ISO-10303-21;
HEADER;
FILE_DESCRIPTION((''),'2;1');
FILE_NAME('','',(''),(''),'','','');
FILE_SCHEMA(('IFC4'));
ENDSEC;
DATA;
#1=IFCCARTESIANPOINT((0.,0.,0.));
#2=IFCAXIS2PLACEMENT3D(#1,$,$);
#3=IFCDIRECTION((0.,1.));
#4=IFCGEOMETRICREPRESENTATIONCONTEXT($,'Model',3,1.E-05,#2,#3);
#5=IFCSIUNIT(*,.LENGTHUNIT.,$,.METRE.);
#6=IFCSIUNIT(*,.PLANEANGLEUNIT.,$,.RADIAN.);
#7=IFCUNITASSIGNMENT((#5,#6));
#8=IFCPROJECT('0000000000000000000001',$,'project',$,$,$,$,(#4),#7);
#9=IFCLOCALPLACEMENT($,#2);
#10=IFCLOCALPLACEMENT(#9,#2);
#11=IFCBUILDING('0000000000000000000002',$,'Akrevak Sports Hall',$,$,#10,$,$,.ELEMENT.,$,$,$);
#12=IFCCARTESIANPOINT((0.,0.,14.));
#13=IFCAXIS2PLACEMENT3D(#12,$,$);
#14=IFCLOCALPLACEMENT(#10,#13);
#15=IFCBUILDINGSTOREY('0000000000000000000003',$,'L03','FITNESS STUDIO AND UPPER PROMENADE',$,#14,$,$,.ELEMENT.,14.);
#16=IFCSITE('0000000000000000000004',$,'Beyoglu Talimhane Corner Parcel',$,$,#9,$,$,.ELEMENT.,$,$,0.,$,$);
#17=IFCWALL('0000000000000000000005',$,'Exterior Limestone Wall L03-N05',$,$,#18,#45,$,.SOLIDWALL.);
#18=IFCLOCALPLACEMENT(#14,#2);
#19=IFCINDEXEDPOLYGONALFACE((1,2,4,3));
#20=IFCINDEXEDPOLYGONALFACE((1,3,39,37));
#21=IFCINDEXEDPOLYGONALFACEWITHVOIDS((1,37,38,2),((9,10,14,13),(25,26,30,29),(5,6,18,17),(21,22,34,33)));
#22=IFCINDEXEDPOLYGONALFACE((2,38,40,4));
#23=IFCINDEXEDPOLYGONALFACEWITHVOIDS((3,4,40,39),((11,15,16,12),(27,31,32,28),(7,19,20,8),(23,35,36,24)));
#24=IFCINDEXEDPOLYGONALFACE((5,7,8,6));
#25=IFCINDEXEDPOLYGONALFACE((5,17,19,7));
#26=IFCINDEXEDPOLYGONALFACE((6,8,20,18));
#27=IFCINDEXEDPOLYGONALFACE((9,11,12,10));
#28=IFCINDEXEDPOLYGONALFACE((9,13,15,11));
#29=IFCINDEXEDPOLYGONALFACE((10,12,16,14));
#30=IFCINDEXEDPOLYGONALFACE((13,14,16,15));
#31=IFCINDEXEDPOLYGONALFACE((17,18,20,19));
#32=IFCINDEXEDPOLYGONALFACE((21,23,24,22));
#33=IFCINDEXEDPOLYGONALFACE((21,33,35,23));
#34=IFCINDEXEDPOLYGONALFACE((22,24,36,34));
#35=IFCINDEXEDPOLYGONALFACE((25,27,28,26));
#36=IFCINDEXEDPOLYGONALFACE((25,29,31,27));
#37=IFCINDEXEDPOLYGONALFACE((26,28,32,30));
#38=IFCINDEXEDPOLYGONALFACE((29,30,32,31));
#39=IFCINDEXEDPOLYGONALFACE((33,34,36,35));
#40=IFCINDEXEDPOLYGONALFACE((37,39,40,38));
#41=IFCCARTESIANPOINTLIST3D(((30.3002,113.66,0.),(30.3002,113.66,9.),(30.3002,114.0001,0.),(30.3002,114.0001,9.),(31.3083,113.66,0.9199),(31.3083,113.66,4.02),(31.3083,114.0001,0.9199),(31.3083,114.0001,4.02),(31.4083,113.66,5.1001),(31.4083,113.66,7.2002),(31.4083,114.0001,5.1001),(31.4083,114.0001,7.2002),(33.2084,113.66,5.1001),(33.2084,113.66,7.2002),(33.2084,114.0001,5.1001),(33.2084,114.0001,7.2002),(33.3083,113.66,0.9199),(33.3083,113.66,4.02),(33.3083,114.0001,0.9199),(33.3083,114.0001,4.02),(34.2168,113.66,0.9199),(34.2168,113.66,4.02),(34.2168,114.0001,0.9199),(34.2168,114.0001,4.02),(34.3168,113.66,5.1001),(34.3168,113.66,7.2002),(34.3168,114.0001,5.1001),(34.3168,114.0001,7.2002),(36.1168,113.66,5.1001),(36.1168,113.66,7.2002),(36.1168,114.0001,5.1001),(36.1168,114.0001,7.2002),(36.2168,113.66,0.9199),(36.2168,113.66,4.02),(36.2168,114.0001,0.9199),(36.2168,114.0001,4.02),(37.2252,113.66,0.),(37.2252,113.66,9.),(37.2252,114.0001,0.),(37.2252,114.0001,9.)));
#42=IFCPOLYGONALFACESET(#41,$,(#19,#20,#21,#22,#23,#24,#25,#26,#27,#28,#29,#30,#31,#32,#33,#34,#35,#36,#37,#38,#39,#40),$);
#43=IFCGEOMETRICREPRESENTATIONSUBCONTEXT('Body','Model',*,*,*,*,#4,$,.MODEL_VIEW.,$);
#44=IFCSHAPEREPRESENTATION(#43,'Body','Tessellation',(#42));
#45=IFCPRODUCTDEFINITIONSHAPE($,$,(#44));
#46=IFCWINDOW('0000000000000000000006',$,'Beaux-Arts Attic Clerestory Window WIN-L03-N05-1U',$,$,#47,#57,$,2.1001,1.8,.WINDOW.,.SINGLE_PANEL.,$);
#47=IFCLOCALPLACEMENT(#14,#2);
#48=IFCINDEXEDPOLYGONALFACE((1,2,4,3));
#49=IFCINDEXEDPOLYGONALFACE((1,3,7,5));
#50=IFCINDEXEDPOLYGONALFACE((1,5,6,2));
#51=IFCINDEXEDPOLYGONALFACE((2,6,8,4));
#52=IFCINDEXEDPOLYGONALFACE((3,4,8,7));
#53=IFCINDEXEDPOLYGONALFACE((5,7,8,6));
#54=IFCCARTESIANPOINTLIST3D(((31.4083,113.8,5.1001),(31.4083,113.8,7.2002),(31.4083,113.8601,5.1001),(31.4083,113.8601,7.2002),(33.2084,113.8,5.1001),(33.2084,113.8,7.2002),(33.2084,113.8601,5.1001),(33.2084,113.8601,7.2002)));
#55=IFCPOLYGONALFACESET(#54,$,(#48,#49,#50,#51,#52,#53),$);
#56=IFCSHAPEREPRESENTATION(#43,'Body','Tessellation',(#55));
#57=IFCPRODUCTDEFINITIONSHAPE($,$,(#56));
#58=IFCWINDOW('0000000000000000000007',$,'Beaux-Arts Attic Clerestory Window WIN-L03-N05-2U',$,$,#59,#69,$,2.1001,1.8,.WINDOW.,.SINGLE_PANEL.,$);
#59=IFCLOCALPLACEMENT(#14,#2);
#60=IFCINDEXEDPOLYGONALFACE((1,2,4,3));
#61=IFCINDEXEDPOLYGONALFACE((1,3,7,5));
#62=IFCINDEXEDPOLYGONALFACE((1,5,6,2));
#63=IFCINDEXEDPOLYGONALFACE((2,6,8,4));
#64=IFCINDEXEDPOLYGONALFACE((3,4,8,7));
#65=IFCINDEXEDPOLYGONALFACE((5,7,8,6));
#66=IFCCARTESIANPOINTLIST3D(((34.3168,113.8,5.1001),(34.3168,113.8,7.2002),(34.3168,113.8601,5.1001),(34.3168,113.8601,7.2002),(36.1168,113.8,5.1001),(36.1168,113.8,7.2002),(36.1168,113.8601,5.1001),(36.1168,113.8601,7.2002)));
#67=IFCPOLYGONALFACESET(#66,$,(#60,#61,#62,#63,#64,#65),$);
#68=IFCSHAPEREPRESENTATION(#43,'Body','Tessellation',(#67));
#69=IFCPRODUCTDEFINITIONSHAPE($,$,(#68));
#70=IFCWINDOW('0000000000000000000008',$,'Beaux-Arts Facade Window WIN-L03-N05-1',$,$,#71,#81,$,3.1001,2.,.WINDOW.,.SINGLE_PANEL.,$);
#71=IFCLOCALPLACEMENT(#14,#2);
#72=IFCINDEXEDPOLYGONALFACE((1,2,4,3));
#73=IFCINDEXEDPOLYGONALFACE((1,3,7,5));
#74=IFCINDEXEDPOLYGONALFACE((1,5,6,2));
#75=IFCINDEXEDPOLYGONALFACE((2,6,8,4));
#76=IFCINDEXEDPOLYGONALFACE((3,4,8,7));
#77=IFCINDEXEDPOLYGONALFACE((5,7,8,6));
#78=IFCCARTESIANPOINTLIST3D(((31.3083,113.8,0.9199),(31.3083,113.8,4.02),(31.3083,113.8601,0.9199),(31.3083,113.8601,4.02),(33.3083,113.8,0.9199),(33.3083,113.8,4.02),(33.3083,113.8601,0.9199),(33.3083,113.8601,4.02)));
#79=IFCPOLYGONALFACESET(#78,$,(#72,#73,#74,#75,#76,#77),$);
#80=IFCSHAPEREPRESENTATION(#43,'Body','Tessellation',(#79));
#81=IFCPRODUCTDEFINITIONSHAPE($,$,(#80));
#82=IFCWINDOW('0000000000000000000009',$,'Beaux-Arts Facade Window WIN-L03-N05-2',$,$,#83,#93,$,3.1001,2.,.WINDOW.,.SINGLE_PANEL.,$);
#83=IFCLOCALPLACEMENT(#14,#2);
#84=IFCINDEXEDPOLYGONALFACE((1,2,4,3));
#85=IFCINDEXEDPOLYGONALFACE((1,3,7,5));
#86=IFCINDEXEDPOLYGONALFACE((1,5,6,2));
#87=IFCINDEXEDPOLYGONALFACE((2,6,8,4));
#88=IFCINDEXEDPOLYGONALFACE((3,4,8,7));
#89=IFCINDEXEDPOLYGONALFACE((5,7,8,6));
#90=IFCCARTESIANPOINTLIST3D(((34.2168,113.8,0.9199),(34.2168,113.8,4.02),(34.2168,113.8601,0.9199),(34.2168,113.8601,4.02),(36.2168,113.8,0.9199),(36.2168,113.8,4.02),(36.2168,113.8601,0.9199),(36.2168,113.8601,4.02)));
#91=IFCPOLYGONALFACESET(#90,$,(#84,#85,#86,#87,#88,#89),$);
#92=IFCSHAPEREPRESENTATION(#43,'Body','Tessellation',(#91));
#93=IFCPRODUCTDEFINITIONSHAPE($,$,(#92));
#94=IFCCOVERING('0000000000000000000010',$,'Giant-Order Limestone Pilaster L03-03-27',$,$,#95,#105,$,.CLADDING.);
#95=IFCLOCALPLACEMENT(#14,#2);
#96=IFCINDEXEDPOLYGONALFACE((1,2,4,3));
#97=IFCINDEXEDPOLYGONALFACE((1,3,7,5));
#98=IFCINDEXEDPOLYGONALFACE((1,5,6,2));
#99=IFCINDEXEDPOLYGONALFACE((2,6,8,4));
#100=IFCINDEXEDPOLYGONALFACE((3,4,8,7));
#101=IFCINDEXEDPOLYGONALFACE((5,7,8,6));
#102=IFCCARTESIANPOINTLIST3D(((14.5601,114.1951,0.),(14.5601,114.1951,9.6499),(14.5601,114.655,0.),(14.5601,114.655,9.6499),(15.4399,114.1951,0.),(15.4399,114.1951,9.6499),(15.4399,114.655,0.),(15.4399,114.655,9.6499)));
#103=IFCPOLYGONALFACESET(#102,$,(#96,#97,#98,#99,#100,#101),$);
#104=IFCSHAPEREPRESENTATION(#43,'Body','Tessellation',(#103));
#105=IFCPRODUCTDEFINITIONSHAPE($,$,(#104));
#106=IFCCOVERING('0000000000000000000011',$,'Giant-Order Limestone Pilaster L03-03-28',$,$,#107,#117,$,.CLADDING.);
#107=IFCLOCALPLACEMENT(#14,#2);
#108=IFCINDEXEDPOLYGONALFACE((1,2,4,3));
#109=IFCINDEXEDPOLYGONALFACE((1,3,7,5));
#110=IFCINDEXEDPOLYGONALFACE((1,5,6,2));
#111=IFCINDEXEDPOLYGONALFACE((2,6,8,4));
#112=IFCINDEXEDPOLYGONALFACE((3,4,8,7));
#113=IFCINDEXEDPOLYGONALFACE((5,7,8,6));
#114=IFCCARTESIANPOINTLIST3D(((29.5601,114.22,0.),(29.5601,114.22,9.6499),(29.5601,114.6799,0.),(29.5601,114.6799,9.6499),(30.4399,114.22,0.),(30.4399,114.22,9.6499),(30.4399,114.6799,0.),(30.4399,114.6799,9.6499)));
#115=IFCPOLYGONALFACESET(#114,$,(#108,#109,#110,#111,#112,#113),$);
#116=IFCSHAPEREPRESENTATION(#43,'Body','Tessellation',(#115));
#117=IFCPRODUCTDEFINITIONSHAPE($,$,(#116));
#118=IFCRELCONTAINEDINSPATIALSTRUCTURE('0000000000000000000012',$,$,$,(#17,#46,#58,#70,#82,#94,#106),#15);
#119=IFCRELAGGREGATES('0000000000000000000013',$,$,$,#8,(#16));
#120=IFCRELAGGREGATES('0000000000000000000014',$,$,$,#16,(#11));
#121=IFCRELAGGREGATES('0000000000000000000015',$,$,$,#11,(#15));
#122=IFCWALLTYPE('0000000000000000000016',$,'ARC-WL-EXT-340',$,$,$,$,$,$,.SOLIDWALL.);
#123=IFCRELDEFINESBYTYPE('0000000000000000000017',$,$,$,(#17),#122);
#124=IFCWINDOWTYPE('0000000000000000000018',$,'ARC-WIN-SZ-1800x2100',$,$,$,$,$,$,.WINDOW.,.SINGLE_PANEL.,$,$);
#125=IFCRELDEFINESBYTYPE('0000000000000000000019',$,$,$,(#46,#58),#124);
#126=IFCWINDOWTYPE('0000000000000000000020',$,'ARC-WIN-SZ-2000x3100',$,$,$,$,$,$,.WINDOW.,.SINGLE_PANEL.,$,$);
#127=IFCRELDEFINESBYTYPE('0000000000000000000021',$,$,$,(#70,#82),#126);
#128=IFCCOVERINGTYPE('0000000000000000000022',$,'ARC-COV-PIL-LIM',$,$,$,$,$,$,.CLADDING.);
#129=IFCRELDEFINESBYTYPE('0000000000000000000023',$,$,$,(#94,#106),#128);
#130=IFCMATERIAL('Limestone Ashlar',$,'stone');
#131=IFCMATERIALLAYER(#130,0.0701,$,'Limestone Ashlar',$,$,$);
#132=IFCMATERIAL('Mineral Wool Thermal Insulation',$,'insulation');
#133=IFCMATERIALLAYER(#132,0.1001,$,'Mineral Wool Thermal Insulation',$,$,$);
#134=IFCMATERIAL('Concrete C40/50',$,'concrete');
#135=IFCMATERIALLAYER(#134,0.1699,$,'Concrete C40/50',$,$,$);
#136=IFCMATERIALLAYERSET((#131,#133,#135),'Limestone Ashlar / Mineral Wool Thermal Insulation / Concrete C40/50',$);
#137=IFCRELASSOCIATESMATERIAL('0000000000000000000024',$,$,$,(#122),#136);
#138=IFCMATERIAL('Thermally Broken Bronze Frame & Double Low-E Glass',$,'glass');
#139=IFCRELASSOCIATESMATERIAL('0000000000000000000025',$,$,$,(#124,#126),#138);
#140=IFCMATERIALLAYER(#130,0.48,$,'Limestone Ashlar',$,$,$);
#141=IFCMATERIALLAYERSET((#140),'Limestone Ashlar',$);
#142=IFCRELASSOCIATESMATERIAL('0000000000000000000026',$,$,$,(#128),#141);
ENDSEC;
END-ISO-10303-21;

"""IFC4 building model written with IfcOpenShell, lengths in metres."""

from ifc_helpers import new_model, si_unit, direction, frame, frame_2d, origin, origin_2d, place, context, subcontext, project, spatial, rectangle, extrude, material, layer, layer_set, type_object, element, fill, save


model = new_model("IFC4")

# Units and contexts
model_context = context("Model", 3, precision=1e-05, world=origin(), true_north=direction((0.0, 1.0)))
body_context = subcontext(model_context, "Body", "Model", "MODEL_VIEW")
ifc_project = project(units=[si_unit("LENGTHUNIT", "METRE"), si_unit("PLANEANGLEUNIT", "RADIAN")], contexts=[model_context])

# Site, building, storey
site_placement = place(None, origin())
site = spatial("IfcSite", under=ifc_project, at=site_placement, Name="Beyoglu Talimhane Corner Parcel", CompositionType="ELEMENT", RefElevation=0.0)
building_placement = place(site_placement, origin())
building = spatial("IfcBuilding", under=site, at=building_placement, Name="Akrevak Sports Hall", CompositionType="ELEMENT")
storey_placement = place(building_placement, frame((0.0, 0.0, 14.0)))
storey = spatial("IfcBuildingStorey", under=building, at=storey_placement, Name="L03", Description="FITNESS STUDIO AND UPPER PROMENADE", CompositionType="ELEMENT", Elevation=14.0)

# Shared definitions
ifc_material_1 = material(Name="Concrete C40/50", Category="concrete")

# Wall, openings, windows
ifc_material_2 = material(Name="Limestone Ashlar", Category="stone")
ifc_layer_1 = layer(ifc_material_2, 0.0701, Name="Limestone Ashlar")
ifc_material_3 = material(Name="Mineral Wool Thermal Insulation", Category="insulation")
ifc_layer_2 = layer(ifc_material_3, 0.1001, Name="Mineral Wool Thermal Insulation")
ifc_layer_3 = layer(ifc_material_1, 0.1699, Name="Concrete C40/50")
ifc_layer_set_1 = layer_set([ifc_layer_1, ifc_layer_2, ifc_layer_3], Name="Limestone Ashlar / Mineral Wool Thermal Insulation / Concrete C40/50")
wall_type = type_object("IfcWallType", Name="ARC-WL-EXT-340", PredefinedType="SOLIDWALL", material=ifc_layer_set_1)
ifc_material_4 = material(Name="Thermally Broken Bronze Frame & Double Low-E Glass", Category="glass")
window_type_1 = type_object("IfcWindowType", Name="ARC-WIN-SZ-1800x2100", PartitioningType="SINGLE_PANEL", PredefinedType="WINDOW", material=ifc_material_4)
window_type_2 = type_object("IfcWindowType", Name="ARC-WIN-SZ-2000x3100", PartitioningType="SINGLE_PANEL", PredefinedType="WINDOW", material=ifc_material_4)
wall_1_placement = place(storey_placement, frame((37.2251, 113.8301, 0.0), z_axis=(0.0, 0.0, 1.0), x_axis=(-1.0, 0.0, 0.0)))
wall_1 = element("IfcWall", 1, at=wall_1_placement, inside=storey, type_object=wall_type, Name="Exterior Limestone Wall L03-N05", PredefinedType="SOLIDWALL", context=body_context, shape_type="SweptSolid", body=[
    extrude(rectangle(XDim=6.925, YDim=0.3401, at=frame_2d((3.4624, 0.0))), origin(), (0.0, 0.0, 1.0), 9.0),
])
opening_1_placement = place(wall_1_placement, frame((3.9167, 0.0, 0.9199)))
opening_1 = element("IfcOpeningElement", 2, at=opening_1_placement, cuts=wall_1, PredefinedType="OPENING", context=body_context, shape_type="SweptSolid", body=[
    extrude(rectangle(XDim=2.0, YDim=3.1001, at=frame_2d((1.0, 1.55))), frame((0.0, 0.1821, 0.0), z_axis=(0.0, -1.0, 0.0), x_axis=(1.0, 0.0, 0.0)), (0.0, 0.0, 1.0), 0.364),
])
opening_2_placement = place(wall_1_placement, frame((4.0168, 0.0, 5.1001)))
opening_2 = element("IfcOpeningElement", 3, at=opening_2_placement, cuts=wall_1, PredefinedType="OPENING", context=body_context, shape_type="SweptSolid", body=[
    extrude(rectangle(XDim=1.8, YDim=2.1001, at=frame_2d((0.8999, 1.05))), frame((0.0, 0.1821, 0.0), z_axis=(0.0, -1.0, 0.0), x_axis=(1.0, 0.0, 0.0)), (0.0, 0.0, 1.0), 0.364),
])
opening_3_placement = place(wall_1_placement, frame((1.0083, 0.0, 0.9199)))
opening_3 = element("IfcOpeningElement", 4, at=opening_3_placement, cuts=wall_1, PredefinedType="OPENING", context=body_context, shape_type="SweptSolid", body=[
    extrude(rectangle(XDim=2.0, YDim=3.1001, at=frame_2d((1.0, 1.55))), frame((0.0, 0.1821, 0.0), z_axis=(0.0, -1.0, 0.0), x_axis=(1.0, 0.0, 0.0)), (0.0, 0.0, 1.0), 0.364),
])
opening_4_placement = place(wall_1_placement, frame((1.1084, 0.0, 5.1001)))
opening_4 = element("IfcOpeningElement", 5, at=opening_4_placement, cuts=wall_1, PredefinedType="OPENING", context=body_context, shape_type="SweptSolid", body=[
    extrude(rectangle(XDim=1.8, YDim=2.1001, at=frame_2d((0.8999, 1.05))), frame((0.0, 0.1821, 0.0), z_axis=(0.0, -1.0, 0.0), x_axis=(1.0, 0.0, 0.0)), (0.0, 0.0, 1.0), 0.364),
])
window_1_placement = place(opening_2_placement, origin())
window_1 = element("IfcWindow", 6, at=window_1_placement, inside=storey, type_object=window_type_1, Name="Beaux-Arts Attic Clerestory Window WIN-L03-N05-1U", OverallHeight=2.1001, OverallWidth=1.8, PartitioningType="SINGLE_PANEL", PredefinedType="WINDOW", context=body_context, shape_type="SweptSolid", body=[
    extrude(rectangle(XDim=1.8, YDim=2.1001, at=frame_2d((0.8999, 1.05))), frame((0.0, 0.03, 0.0), z_axis=(0.0, -1.0, 0.0), x_axis=(1.0, 0.0, 0.0)), (0.0, 0.0, 1.0), 0.0601),
])
fill(opening_2, window_1)
window_2_placement = place(opening_4_placement, origin())
window_2 = element("IfcWindow", 7, at=window_2_placement, inside=storey, type_object=window_type_1, Name="Beaux-Arts Attic Clerestory Window WIN-L03-N05-2U", OverallHeight=2.1001, OverallWidth=1.8, PartitioningType="SINGLE_PANEL", PredefinedType="WINDOW", context=body_context, shape_type="SweptSolid", body=[
    extrude(rectangle(XDim=1.8, YDim=2.1001, at=frame_2d((0.8999, 1.05))), frame((0.0, 0.03, 0.0), z_axis=(0.0, -1.0, 0.0), x_axis=(1.0, 0.0, 0.0)), (0.0, 0.0, 1.0), 0.0601),
])
fill(opening_4, window_2)
window_3_placement = place(opening_1_placement, origin())
window_3 = element("IfcWindow", 8, at=window_3_placement, inside=storey, type_object=window_type_2, Name="Beaux-Arts Facade Window WIN-L03-N05-1", OverallHeight=3.1001, OverallWidth=2.0, PartitioningType="SINGLE_PANEL", PredefinedType="WINDOW", context=body_context, shape_type="SweptSolid", body=[
    extrude(rectangle(XDim=2.0, YDim=3.1001, at=frame_2d((1.0, 1.55))), frame((0.0, 0.03, 0.0), z_axis=(0.0, -1.0, 0.0), x_axis=(1.0, 0.0, 0.0)), (0.0, 0.0, 1.0), 0.0601),
])
fill(opening_1, window_3)
window_4_placement = place(opening_3_placement, origin())
window_4 = element("IfcWindow", 9, at=window_4_placement, inside=storey, type_object=window_type_2, Name="Beaux-Arts Facade Window WIN-L03-N05-2", OverallHeight=3.1001, OverallWidth=2.0, PartitioningType="SINGLE_PANEL", PredefinedType="WINDOW", context=body_context, shape_type="SweptSolid", body=[
    extrude(rectangle(XDim=2.0, YDim=3.1001, at=frame_2d((1.0, 1.55))), frame((0.0, 0.03, 0.0), z_axis=(0.0, -1.0, 0.0), x_axis=(1.0, 0.0, 0.0)), (0.0, 0.0, 1.0), 0.0601),
])
fill(opening_3, window_4)

# Coverings
ifc_layer_4 = layer(ifc_material_2, 0.48, Name="Limestone Ashlar")
ifc_layer_set_2 = layer_set([ifc_layer_4], Name="Limestone Ashlar")
covering_type = type_object("IfcCoveringType", Name="ARC-COV-PIL-LIM", PredefinedType="CLADDING", material=ifc_layer_set_2)
for number, where, z_axis, x_axis, name in (
    (10, (15.0, 114.425, 0.0), (0.0, 0.0, 1.0), (-1.0, 0.0, 0.0), "Giant-Order Limestone Pilaster L03-03-27"),
    (11, (30.0, 114.45, 0.0), (0.0, 0.0, 1.0), (-1.0, 0.0, 0.0), "Giant-Order Limestone Pilaster L03-03-28"),
):
    element("IfcCovering", number, at=place(storey_placement, frame(where, z_axis=z_axis, x_axis=x_axis)), inside=storey, type_object=covering_type, Name=name, PredefinedType="CLADDING", context=body_context, shape_type="SweptSolid", body=[
        extrude(rectangle(XDim=0.8799, YDim=0.46, at=origin_2d()), origin(), (0.0, 0.0, 1.0), 9.6499),
    ])

save(model, "model.ifc")
